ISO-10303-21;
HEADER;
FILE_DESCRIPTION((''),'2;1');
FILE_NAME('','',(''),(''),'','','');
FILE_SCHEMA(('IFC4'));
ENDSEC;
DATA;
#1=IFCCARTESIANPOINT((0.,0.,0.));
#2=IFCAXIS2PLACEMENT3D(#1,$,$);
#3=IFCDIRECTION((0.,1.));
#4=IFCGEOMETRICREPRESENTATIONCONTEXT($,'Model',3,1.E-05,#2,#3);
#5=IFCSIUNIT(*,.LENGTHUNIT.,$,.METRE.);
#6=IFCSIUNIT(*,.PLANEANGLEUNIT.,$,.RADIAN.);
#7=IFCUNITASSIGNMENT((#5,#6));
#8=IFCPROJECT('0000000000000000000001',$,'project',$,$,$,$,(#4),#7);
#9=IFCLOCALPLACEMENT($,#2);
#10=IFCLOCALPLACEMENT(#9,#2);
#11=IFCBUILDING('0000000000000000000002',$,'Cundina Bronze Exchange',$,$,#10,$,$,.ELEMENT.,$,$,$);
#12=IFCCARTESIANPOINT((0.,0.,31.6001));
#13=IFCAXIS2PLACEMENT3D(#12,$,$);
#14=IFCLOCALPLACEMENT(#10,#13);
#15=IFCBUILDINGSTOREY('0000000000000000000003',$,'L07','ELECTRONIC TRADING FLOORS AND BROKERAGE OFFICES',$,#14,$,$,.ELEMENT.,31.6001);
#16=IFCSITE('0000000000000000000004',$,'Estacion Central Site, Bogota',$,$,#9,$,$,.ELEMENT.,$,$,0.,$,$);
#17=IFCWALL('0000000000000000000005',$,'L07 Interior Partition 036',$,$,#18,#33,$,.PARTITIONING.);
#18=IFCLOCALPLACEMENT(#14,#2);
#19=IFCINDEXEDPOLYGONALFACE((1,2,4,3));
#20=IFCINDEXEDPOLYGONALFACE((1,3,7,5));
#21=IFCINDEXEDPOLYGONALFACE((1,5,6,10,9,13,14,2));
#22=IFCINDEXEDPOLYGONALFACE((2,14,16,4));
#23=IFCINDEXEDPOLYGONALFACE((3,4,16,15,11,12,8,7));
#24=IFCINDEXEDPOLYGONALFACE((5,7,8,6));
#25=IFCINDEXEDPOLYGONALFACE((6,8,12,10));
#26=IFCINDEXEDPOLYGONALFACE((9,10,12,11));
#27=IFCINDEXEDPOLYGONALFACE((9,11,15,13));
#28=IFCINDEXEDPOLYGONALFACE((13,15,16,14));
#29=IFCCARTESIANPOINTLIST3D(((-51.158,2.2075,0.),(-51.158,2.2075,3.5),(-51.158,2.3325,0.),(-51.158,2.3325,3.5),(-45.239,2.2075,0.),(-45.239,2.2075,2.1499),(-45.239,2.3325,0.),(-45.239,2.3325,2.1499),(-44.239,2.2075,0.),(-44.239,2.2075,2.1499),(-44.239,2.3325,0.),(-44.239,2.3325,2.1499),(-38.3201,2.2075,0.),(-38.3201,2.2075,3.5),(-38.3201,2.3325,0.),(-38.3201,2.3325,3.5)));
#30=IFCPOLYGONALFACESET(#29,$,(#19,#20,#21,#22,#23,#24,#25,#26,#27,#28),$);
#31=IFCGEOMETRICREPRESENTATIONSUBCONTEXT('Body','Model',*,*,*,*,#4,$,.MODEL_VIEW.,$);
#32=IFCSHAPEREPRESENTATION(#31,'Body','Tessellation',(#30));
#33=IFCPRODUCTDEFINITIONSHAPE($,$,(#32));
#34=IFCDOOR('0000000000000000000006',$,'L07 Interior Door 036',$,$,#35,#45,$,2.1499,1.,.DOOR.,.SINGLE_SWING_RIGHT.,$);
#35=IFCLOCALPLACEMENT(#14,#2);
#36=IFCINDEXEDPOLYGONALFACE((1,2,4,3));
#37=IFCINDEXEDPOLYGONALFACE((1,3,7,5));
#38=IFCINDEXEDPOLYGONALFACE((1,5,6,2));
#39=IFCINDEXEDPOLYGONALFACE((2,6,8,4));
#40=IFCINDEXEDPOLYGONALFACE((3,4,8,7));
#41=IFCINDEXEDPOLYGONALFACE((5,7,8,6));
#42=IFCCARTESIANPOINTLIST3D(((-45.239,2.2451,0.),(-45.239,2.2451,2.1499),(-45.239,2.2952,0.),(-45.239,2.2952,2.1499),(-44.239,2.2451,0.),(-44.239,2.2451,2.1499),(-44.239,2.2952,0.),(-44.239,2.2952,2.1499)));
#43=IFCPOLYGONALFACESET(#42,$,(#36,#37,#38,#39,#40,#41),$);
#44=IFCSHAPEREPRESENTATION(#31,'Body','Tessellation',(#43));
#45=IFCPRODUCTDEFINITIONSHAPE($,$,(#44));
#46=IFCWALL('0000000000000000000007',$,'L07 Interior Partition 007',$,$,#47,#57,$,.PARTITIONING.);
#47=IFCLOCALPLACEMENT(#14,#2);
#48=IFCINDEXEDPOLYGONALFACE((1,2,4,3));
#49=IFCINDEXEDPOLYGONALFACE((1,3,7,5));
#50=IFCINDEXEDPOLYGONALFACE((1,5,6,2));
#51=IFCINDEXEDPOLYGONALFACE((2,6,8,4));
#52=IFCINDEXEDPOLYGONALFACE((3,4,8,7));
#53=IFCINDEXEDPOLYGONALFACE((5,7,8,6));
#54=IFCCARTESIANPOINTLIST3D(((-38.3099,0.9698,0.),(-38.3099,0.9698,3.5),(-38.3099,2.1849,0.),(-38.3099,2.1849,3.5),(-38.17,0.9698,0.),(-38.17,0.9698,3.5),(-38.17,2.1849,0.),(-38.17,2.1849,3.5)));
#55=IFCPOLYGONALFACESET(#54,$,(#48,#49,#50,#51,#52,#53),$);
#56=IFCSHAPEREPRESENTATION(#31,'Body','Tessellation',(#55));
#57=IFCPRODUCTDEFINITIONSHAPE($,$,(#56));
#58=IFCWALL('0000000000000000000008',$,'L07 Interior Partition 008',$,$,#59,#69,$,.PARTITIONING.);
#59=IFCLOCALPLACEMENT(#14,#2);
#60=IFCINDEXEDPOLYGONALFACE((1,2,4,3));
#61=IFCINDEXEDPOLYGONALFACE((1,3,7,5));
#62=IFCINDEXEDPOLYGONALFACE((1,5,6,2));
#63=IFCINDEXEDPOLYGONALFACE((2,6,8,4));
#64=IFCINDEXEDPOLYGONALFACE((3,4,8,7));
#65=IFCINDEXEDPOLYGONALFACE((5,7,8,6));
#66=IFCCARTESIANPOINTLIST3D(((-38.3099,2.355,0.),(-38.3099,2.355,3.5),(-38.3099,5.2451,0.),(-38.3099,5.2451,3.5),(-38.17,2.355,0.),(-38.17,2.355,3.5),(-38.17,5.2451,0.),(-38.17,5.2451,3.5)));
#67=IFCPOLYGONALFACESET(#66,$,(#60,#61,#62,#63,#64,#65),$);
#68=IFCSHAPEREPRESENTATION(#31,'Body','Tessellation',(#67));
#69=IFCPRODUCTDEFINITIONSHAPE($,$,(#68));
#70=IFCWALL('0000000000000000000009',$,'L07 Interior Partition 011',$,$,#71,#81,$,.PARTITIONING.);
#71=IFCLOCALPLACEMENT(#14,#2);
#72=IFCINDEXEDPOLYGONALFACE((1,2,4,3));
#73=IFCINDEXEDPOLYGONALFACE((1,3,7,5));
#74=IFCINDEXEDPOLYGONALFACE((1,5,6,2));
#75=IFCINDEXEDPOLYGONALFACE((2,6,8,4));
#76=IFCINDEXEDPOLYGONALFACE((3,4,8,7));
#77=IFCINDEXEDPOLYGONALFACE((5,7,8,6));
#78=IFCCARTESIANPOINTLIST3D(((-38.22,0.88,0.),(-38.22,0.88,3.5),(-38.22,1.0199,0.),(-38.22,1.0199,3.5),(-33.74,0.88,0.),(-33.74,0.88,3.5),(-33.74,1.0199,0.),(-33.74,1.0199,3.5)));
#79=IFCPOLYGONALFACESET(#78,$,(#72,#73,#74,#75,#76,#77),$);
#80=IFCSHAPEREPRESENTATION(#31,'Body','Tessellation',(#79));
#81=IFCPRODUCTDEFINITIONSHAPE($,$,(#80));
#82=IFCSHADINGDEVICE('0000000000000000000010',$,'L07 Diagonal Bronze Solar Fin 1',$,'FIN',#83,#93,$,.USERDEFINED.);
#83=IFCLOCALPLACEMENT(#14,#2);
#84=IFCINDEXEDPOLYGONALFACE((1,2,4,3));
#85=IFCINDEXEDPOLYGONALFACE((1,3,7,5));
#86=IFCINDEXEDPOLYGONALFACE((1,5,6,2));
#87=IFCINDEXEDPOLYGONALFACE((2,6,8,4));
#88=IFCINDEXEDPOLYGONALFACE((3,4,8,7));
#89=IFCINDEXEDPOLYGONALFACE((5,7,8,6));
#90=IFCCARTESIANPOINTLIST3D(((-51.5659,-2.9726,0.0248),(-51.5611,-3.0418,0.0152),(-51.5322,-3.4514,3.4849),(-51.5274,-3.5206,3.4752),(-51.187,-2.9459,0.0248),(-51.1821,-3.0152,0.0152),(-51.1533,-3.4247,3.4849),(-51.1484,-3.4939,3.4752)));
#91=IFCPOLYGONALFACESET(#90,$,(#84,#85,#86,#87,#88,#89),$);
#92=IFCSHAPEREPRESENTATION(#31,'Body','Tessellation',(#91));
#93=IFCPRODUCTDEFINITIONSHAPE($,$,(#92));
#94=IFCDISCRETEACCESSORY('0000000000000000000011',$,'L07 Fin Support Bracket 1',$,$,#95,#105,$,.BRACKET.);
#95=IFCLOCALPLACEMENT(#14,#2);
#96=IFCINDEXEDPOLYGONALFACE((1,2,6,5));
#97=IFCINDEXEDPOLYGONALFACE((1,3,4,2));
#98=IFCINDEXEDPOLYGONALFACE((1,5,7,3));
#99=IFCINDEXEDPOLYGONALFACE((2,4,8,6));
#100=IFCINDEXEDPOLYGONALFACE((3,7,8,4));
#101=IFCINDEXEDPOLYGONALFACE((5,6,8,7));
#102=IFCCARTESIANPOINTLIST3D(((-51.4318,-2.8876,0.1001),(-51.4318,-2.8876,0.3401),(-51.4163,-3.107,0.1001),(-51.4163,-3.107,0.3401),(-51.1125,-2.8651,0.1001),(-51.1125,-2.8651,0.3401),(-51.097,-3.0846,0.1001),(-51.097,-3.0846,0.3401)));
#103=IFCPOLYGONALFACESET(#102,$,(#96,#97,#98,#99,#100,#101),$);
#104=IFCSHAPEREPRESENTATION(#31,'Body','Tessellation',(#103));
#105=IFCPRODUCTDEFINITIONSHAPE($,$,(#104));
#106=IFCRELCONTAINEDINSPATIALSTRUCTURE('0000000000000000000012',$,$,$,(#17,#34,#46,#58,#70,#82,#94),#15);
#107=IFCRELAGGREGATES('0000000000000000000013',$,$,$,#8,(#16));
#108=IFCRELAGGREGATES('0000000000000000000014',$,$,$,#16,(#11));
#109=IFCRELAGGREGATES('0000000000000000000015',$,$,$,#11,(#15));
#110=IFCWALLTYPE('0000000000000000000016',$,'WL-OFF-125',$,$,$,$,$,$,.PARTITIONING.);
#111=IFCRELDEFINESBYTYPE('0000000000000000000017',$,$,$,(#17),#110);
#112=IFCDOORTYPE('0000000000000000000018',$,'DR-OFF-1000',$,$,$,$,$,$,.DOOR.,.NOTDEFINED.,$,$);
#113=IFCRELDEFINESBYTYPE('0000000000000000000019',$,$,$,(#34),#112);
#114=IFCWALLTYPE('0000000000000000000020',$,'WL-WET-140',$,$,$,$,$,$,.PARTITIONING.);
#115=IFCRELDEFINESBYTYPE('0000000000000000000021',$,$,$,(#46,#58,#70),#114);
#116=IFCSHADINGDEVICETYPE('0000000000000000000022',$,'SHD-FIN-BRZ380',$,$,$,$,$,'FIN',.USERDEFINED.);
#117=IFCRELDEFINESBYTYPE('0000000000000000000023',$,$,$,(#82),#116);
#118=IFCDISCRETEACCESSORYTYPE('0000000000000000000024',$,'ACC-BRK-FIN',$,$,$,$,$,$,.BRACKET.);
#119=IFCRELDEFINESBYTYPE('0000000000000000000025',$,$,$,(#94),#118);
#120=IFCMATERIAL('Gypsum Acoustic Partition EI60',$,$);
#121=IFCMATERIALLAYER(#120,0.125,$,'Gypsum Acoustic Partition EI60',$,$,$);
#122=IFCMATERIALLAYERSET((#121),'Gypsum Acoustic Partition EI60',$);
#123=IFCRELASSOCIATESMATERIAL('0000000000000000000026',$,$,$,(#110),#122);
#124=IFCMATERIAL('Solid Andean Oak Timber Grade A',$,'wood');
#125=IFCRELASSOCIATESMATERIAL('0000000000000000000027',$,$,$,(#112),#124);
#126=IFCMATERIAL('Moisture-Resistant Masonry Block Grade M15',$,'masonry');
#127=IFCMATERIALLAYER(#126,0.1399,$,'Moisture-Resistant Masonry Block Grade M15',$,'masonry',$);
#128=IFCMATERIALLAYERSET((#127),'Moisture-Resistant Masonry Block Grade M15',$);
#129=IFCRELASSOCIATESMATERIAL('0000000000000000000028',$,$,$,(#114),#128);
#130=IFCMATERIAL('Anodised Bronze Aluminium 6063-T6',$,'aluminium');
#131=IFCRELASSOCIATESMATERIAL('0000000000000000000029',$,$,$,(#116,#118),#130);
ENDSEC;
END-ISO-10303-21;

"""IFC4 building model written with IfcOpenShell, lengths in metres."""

from ifc_helpers import new_model, si_unit, direction, frame, frame_2d, origin, origin_2d, place, context, subcontext, project, spatial, rectangle, extrude, material, layer, layer_set, material_profile, profile_set, type_object, element, fill, save


model = new_model("IFC4")

# Units and contexts
model_context = context("Model", 3, precision=1e-05, world=origin(), true_north=direction((0.0, 1.0)))
body_context = subcontext(model_context, "Body", "Model", "MODEL_VIEW")
ifc_project = project(units=[si_unit("LENGTHUNIT", "METRE"), si_unit("PLANEANGLEUNIT", "RADIAN")], contexts=[model_context])

# Site, building, storey
site_placement = place(None, origin())
site = spatial("IfcSite", under=ifc_project, at=site_placement, Name="Estacion Central Site, Bogota", CompositionType="ELEMENT", RefElevation=0.0)
building_placement = place(site_placement, origin())
building = spatial("IfcBuilding", under=site, at=building_placement, Name="Cundina Bronze Exchange", CompositionType="ELEMENT")
storey_placement = place(building_placement, frame((0.0, 0.0, 31.6001)))
storey = spatial("IfcBuildingStorey", under=building, at=storey_placement, Name="L07", Description="ELECTRONIC TRADING FLOORS AND BROKERAGE OFFICES", CompositionType="ELEMENT", Elevation=31.6001)

# Shared definitions
ifc_material_1 = material(Name="Anodised Bronze Aluminium 6063-T6", Category="aluminium")

# Shared definitions
ifc_material_2 = material(Name="Solid Andean Oak Timber Grade A", Category="wood")

# Wall, opening, door
ifc_material_3 = material(Name="Gypsum Acoustic Partition EI60")
ifc_layer_1 = layer(ifc_material_3, 0.125, Name="Gypsum Acoustic Partition EI60")
ifc_layer_set_1 = layer_set([ifc_layer_1], Name="Gypsum Acoustic Partition EI60")
wall_type_1 = type_object("IfcWallType", Name="WL-OFF-125", PredefinedType="PARTITIONING", material=ifc_layer_set_1)
wall_1_placement = place(storey_placement, frame((-38.3201, 2.27, 0.0), z_axis=(0.0, 0.0, 1.0), x_axis=(-1.0, 0.0, 0.0)))
wall_1 = element("IfcWall", 1, at=wall_1_placement, inside=storey, type_object=wall_type_1, Name="L07 Interior Partition 036", PredefinedType="PARTITIONING", context=body_context, shape_type="SweptSolid", body=[
    extrude(rectangle(XDim=12.8379, YDim=0.125, at=frame_2d((6.4189, 0.0))), origin(), (0.0, 0.0, 1.0), 3.5),
])
opening_1_placement = place(wall_1_placement, frame((5.9189, 0.0, 0.0)))
opening_1 = element("IfcOpeningElement", 2, at=opening_1_placement, cuts=wall_1, PredefinedType="OPENING", context=body_context, shape_type="SweptSolid", body=[
    extrude(rectangle(XDim=1.0, YDim=2.1499, at=frame_2d((0.5, 1.075))), frame((0.0, 0.0725, 0.0), z_axis=(0.0, -1.0, 0.0), x_axis=(1.0, 0.0, 0.0)), (0.0, 0.0, 1.0), 0.145),
])
door_type_1 = type_object("IfcDoorType", Name="DR-OFF-1000", OperationType="NOTDEFINED", PredefinedType="DOOR", material=ifc_material_2)
door_1_placement = place(opening_1_placement, origin())
door_1 = element("IfcDoor", 3, at=door_1_placement, inside=storey, type_object=door_type_1, Name="L07 Interior Door 036", OperationType="SINGLE_SWING_RIGHT", OverallHeight=2.1499, OverallWidth=1.0, PredefinedType="DOOR", context=body_context, shape_type="SweptSolid", body=[
    extrude(rectangle(XDim=1.0, YDim=2.1499, at=frame_2d((0.5, 1.075))), frame((0.0, 0.0249, 0.0), z_axis=(0.0, -1.0, 0.0), x_axis=(1.0, 0.0, 0.0)), (0.0, 0.0, 1.0), 0.05),
])
fill(opening_1, door_1)

# Walls
ifc_material_4 = material(Name="Moisture-Resistant Masonry Block Grade M15", Category="masonry")
ifc_layer_2 = layer(ifc_material_4, 0.1399, Name="Moisture-Resistant Masonry Block Grade M15", Category="masonry")
ifc_layer_set_2 = layer_set([ifc_layer_2], Name="Moisture-Resistant Masonry Block Grade M15")
wall_type_2 = type_object("IfcWallType", Name="WL-WET-140", PredefinedType="PARTITIONING", material=ifc_layer_set_2)
wall_2_placement = place(storey_placement, frame((-38.24, 0.97, 0.0), z_axis=(0.0, 0.0, 1.0), x_axis=(0.0, 1.0, 0.0)))
element("IfcWall", 4, at=wall_2_placement, inside=storey, type_object=wall_type_2, Name="L07 Interior Partition 007", PredefinedType="PARTITIONING", context=body_context, shape_type="SweptSolid", body=[
    extrude(rectangle(XDim=1.2151, YDim=0.1399, at=frame_2d((0.6074, 0.0))), origin(), (0.0, 0.0, 1.0), 3.5),
])
wall_3_placement = place(storey_placement, frame((-38.24, 2.355, 0.0), z_axis=(0.0, 0.0, 1.0), x_axis=(0.0, 1.0, 0.0)))
element("IfcWall", 5, at=wall_3_placement, inside=storey, type_object=wall_type_2, Name="L07 Interior Partition 008", PredefinedType="PARTITIONING", context=body_context, shape_type="SweptSolid", body=[
    extrude(rectangle(XDim=2.8901, YDim=0.1399, at=frame_2d((1.4451, 0.0))), origin(), (0.0, 0.0, 1.0), 3.5),
])
wall_4_placement = place(storey_placement, frame((-38.22, 0.95, 0.0), z_axis=(0.0, 0.0, 1.0), x_axis=(1.0, 0.0, 0.0)))
element("IfcWall", 6, at=wall_4_placement, inside=storey, type_object=wall_type_2, Name="L07 Interior Partition 011", PredefinedType="PARTITIONING", context=body_context, shape_type="SweptSolid", body=[
    extrude(rectangle(XDim=4.48, YDim=0.1399, at=frame_2d((2.24, 0.0))), origin(), (0.0, 0.0, 1.0), 3.5),
])

# Shading device
ifc_material_profile_1 = material_profile(ifc_material_1, rectangle(XDim=0.0701, YDim=0.3799, at=origin_2d()), Name="FIN70X380", Category="aluminium")
ifc_profile_set_1 = profile_set([ifc_material_profile_1], Name="Anodised Bronze Aluminium 6063-T6")
shading_device_type = type_object("IfcShadingDeviceType", Name="SHD-FIN-BRZ380", ElementType="FIN", PredefinedType="USERDEFINED", material=ifc_profile_set_1)
shading_device_placement = place(storey_placement, frame((-51.374, -2.9939, 0.02), z_axis=(0.009645, -0.137059, 0.990516), x_axis=(-0.069533, 0.988072, 0.137398)))
element("IfcShadingDevice", 7, at=shading_device_placement, inside=storey, type_object=shading_device_type, Name="L07 Diagonal Bronze Solar Fin 1", ObjectType="FIN", PredefinedType="USERDEFINED", context=body_context, shape_type="SweptSolid", body=[
    extrude(rectangle(XDim=0.0701, YDim=0.3799, at=origin_2d()), origin(), (0.0, 0.0, 1.0), 3.4932),
])

# Discrete accessory
discrete_accessory_type = type_object("IfcDiscreteAccessoryType", Name="ACC-BRK-FIN", PredefinedType="BRACKET", material=ifc_material_1)
discrete_accessory_placement = place(storey_placement, frame((-51.2644, -2.9861, 0.1001), z_axis=(0.0, 0.0, 1.0), x_axis=(0.070279, -0.997527, 0.0)))
element("IfcDiscreteAccessory", 8, at=discrete_accessory_placement, inside=storey, type_object=discrete_accessory_type, Name="L07 Fin Support Bracket 1", PredefinedType="BRACKET", context=body_context, shape_type="SweptSolid", body=[
    extrude(rectangle(XDim=0.22, YDim=0.3201, at=origin_2d()), origin(), (0.0, 0.0, 1.0), 0.24),
])

save(model, "model.ifc")
